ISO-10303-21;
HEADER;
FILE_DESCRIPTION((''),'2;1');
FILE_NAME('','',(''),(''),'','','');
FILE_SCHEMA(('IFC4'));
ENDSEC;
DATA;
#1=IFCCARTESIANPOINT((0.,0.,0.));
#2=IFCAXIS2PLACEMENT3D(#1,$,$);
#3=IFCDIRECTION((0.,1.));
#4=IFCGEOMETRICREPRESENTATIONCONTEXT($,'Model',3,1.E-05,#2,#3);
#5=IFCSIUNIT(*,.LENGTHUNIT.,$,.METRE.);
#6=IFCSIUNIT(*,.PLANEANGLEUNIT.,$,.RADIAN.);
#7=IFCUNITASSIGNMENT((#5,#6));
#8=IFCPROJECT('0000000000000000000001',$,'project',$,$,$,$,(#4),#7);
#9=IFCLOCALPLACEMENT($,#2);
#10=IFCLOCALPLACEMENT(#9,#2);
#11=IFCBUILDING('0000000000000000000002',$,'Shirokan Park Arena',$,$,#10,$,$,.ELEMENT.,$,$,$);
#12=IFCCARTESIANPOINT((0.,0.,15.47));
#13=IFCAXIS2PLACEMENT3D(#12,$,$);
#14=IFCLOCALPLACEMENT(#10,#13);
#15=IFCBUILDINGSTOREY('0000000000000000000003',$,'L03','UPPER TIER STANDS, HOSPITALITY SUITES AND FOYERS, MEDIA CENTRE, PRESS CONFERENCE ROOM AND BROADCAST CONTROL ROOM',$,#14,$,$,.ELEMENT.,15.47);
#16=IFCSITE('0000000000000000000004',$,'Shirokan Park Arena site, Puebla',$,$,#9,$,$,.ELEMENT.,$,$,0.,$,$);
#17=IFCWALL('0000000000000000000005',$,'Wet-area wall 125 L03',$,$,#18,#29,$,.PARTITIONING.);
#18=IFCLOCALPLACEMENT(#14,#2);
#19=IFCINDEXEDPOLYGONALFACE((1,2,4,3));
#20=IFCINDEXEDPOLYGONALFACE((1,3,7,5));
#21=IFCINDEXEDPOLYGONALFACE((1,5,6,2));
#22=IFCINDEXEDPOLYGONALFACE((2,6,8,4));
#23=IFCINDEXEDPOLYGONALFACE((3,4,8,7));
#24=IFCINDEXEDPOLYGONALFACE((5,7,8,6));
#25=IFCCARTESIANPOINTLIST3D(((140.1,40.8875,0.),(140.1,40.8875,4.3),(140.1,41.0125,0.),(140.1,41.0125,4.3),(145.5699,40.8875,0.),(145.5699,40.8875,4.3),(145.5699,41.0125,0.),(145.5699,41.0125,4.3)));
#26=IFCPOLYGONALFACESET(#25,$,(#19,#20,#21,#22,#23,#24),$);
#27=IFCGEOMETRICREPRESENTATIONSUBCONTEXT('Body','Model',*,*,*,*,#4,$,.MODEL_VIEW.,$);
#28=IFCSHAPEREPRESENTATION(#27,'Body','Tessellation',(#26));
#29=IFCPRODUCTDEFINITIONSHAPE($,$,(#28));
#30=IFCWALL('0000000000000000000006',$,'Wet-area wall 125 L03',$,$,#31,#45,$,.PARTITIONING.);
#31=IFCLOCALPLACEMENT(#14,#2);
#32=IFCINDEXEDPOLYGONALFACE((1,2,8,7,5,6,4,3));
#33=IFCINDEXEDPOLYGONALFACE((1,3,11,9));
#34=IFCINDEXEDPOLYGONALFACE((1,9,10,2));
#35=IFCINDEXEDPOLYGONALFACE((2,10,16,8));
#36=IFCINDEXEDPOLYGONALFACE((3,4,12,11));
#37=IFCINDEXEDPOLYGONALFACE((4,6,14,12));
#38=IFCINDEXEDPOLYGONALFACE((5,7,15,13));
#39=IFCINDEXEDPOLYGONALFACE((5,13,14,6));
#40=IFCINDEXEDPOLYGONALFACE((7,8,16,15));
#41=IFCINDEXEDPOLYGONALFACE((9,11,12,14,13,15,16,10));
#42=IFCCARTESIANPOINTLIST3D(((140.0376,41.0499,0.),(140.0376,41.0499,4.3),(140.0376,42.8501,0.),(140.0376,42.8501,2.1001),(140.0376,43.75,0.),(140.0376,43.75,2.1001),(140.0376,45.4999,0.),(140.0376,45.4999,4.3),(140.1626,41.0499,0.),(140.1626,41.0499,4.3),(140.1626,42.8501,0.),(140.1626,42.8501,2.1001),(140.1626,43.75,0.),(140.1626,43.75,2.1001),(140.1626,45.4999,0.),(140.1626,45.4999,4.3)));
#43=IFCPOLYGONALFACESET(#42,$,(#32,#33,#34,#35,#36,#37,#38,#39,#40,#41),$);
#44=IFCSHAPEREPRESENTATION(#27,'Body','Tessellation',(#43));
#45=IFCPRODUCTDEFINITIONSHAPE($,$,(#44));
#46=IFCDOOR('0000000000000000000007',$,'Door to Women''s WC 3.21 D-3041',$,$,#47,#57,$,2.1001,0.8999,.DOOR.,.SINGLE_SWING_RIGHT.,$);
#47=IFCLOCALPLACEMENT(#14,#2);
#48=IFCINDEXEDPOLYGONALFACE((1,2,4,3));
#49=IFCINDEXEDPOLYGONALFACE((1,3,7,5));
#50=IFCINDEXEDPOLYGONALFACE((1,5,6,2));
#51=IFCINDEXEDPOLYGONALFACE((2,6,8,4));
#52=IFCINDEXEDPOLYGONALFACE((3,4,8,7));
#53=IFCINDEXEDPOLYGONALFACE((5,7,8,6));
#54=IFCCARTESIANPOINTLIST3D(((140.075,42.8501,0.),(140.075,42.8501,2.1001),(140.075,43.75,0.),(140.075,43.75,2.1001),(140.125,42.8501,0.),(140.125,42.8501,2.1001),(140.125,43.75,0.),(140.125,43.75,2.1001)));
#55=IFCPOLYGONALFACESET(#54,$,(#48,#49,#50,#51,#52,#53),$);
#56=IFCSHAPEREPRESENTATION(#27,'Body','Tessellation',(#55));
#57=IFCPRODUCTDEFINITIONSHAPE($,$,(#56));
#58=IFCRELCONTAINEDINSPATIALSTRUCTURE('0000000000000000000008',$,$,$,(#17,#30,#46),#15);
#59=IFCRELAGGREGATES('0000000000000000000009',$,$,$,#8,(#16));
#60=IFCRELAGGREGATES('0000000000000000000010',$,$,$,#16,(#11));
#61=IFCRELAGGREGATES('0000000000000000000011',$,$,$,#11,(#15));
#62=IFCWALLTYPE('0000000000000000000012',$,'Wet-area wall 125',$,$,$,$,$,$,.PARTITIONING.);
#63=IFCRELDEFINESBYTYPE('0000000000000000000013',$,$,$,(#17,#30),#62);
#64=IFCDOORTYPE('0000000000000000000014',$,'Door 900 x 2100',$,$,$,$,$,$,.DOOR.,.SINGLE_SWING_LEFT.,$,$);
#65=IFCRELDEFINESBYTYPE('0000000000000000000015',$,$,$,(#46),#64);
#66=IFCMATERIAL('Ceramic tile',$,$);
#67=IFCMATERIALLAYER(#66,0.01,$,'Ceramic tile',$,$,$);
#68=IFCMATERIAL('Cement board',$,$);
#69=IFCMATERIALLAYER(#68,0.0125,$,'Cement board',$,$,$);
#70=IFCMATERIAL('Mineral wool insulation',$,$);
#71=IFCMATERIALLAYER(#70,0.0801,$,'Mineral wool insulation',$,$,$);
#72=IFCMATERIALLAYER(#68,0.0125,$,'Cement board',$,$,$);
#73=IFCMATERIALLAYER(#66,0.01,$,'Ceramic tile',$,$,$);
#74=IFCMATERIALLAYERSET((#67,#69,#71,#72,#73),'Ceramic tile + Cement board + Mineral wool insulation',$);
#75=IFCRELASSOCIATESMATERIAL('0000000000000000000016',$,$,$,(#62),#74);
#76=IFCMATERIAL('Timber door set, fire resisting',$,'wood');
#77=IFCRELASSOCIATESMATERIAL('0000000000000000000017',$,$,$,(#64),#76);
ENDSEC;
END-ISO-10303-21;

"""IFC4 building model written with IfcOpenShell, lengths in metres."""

from ifc_helpers import new_model, si_unit, direction, frame, frame_2d, origin, place, context, subcontext, project, spatial, rectangle, extrude, material, layer, layer_set, type_object, element, fill, save


model = new_model("IFC4")

# Units and contexts
model_context = context("Model", 3, precision=1e-05, world=origin(), true_north=direction((0.0, 1.0)))
body_context = subcontext(model_context, "Body", "Model", "MODEL_VIEW")
ifc_project = project(units=[si_unit("LENGTHUNIT", "METRE"), si_unit("PLANEANGLEUNIT", "RADIAN")], contexts=[model_context])

# Site, building, storey
site_placement = place(None, origin())
site = spatial("IfcSite", under=ifc_project, at=site_placement, Name="Shirokan Park Arena site, Puebla", CompositionType="ELEMENT", RefElevation=0.0)
building_placement = place(site_placement, origin())
building = spatial("IfcBuilding", under=site, at=building_placement, Name="Shirokan Park Arena", CompositionType="ELEMENT")
storey_placement = place(building_placement, frame((0.0, 0.0, 15.47)))
storey = spatial("IfcBuildingStorey", under=building, at=storey_placement, Name="L03", Description="UPPER TIER STANDS, HOSPITALITY SUITES AND FOYERS, MEDIA CENTRE, PRESS CONFERENCE ROOM AND BROADCAST CONTROL ROOM", CompositionType="ELEMENT", Elevation=15.47)

# Shared definitions
ifc_material_1 = material(Name="Mineral wool insulation")

# Shared definitions
ifc_material_2 = material(Name="Ceramic tile")

# Wall
ifc_layer_1 = layer(ifc_material_2, 0.01, Name="Ceramic tile")
ifc_material_3 = material(Name="Cement board")
ifc_layer_2 = layer(ifc_material_3, 0.0125, Name="Cement board")
ifc_layer_3 = layer(ifc_material_1, 0.0801, Name="Mineral wool insulation")
ifc_layer_4 = layer(ifc_material_3, 0.0125, Name="Cement board")
ifc_layer_5 = layer(ifc_material_2, 0.01, Name="Ceramic tile")
ifc_layer_set_1 = layer_set([ifc_layer_1, ifc_layer_2, ifc_layer_3, ifc_layer_4, ifc_layer_5], Name="Ceramic tile + Cement board + Mineral wool insulation")
wall_type_1 = type_object("IfcWallType", Name="Wet-area wall 125", PredefinedType="PARTITIONING", material=ifc_layer_set_1)
wall_1_placement = place(storey_placement, frame((140.1001, 40.95, 0.0), z_axis=(0.0, 0.0, 1.0), x_axis=(1.0, 0.0, 0.0)))
element("IfcWall", 1, at=wall_1_placement, inside=storey, type_object=wall_type_1, Name="Wet-area wall 125 L03", PredefinedType="PARTITIONING", context=body_context, shape_type="SweptSolid", body=[
    extrude(rectangle(XDim=5.47, YDim=0.125, at=frame_2d((2.7349, 0.0))), origin(), (0.0, 0.0, 1.0), 4.3),
])

# Wall, opening, door
wall_2_placement = place(storey_placement, frame((140.1001, 45.5, 0.0), z_axis=(0.0, 0.0, 1.0), x_axis=(0.0, -1.0, 0.0)))
wall_2 = element("IfcWall", 2, at=wall_2_placement, inside=storey, type_object=wall_type_1, Name="Wet-area wall 125 L03", PredefinedType="PARTITIONING", context=body_context, shape_type="SweptSolid", body=[
    extrude(rectangle(XDim=4.45, YDim=0.125, at=frame_2d((2.2251, 0.0))), origin(), (0.0, 0.0, 1.0), 4.3),
])
opening_1_placement = place(wall_2_placement, frame((1.75, 0.0, 0.0)))
opening_1 = element("IfcOpeningElement", 3, at=opening_1_placement, cuts=wall_2, PredefinedType="OPENING", context=body_context, shape_type="SweptSolid", body=[
    extrude(rectangle(XDim=0.8999, YDim=2.1001, at=frame_2d((0.45, 1.05))), frame((0.0, 0.0725, 0.0), z_axis=(0.0, -1.0, 0.0), x_axis=(1.0, 0.0, 0.0)), (0.0, 0.0, 1.0), 0.145),
])
ifc_material_4 = material(Name="Timber door set, fire resisting", Category="wood")
door_type_1 = type_object("IfcDoorType", Name="Door 900 x 2100", OperationType="SINGLE_SWING_LEFT", PredefinedType="DOOR", material=ifc_material_4)
door_1_placement = place(opening_1_placement, origin())
door_1 = element("IfcDoor", 4, at=door_1_placement, inside=storey, type_object=door_type_1, Name="Door to Women's WC 3.21 D-3041", OperationType="SINGLE_SWING_RIGHT", OverallHeight=2.1001, OverallWidth=0.8999, PredefinedType="DOOR", context=body_context, shape_type="SweptSolid", body=[
    extrude(rectangle(XDim=0.8999, YDim=2.1001, at=frame_2d((0.45, 1.05))), frame((0.0, 0.0249, 0.0), z_axis=(0.0, -1.0, 0.0), x_axis=(1.0, 0.0, 0.0)), (0.0, 0.0, 1.0), 0.05),
])
fill(opening_1, door_1)

save(model, "model.ifc")
